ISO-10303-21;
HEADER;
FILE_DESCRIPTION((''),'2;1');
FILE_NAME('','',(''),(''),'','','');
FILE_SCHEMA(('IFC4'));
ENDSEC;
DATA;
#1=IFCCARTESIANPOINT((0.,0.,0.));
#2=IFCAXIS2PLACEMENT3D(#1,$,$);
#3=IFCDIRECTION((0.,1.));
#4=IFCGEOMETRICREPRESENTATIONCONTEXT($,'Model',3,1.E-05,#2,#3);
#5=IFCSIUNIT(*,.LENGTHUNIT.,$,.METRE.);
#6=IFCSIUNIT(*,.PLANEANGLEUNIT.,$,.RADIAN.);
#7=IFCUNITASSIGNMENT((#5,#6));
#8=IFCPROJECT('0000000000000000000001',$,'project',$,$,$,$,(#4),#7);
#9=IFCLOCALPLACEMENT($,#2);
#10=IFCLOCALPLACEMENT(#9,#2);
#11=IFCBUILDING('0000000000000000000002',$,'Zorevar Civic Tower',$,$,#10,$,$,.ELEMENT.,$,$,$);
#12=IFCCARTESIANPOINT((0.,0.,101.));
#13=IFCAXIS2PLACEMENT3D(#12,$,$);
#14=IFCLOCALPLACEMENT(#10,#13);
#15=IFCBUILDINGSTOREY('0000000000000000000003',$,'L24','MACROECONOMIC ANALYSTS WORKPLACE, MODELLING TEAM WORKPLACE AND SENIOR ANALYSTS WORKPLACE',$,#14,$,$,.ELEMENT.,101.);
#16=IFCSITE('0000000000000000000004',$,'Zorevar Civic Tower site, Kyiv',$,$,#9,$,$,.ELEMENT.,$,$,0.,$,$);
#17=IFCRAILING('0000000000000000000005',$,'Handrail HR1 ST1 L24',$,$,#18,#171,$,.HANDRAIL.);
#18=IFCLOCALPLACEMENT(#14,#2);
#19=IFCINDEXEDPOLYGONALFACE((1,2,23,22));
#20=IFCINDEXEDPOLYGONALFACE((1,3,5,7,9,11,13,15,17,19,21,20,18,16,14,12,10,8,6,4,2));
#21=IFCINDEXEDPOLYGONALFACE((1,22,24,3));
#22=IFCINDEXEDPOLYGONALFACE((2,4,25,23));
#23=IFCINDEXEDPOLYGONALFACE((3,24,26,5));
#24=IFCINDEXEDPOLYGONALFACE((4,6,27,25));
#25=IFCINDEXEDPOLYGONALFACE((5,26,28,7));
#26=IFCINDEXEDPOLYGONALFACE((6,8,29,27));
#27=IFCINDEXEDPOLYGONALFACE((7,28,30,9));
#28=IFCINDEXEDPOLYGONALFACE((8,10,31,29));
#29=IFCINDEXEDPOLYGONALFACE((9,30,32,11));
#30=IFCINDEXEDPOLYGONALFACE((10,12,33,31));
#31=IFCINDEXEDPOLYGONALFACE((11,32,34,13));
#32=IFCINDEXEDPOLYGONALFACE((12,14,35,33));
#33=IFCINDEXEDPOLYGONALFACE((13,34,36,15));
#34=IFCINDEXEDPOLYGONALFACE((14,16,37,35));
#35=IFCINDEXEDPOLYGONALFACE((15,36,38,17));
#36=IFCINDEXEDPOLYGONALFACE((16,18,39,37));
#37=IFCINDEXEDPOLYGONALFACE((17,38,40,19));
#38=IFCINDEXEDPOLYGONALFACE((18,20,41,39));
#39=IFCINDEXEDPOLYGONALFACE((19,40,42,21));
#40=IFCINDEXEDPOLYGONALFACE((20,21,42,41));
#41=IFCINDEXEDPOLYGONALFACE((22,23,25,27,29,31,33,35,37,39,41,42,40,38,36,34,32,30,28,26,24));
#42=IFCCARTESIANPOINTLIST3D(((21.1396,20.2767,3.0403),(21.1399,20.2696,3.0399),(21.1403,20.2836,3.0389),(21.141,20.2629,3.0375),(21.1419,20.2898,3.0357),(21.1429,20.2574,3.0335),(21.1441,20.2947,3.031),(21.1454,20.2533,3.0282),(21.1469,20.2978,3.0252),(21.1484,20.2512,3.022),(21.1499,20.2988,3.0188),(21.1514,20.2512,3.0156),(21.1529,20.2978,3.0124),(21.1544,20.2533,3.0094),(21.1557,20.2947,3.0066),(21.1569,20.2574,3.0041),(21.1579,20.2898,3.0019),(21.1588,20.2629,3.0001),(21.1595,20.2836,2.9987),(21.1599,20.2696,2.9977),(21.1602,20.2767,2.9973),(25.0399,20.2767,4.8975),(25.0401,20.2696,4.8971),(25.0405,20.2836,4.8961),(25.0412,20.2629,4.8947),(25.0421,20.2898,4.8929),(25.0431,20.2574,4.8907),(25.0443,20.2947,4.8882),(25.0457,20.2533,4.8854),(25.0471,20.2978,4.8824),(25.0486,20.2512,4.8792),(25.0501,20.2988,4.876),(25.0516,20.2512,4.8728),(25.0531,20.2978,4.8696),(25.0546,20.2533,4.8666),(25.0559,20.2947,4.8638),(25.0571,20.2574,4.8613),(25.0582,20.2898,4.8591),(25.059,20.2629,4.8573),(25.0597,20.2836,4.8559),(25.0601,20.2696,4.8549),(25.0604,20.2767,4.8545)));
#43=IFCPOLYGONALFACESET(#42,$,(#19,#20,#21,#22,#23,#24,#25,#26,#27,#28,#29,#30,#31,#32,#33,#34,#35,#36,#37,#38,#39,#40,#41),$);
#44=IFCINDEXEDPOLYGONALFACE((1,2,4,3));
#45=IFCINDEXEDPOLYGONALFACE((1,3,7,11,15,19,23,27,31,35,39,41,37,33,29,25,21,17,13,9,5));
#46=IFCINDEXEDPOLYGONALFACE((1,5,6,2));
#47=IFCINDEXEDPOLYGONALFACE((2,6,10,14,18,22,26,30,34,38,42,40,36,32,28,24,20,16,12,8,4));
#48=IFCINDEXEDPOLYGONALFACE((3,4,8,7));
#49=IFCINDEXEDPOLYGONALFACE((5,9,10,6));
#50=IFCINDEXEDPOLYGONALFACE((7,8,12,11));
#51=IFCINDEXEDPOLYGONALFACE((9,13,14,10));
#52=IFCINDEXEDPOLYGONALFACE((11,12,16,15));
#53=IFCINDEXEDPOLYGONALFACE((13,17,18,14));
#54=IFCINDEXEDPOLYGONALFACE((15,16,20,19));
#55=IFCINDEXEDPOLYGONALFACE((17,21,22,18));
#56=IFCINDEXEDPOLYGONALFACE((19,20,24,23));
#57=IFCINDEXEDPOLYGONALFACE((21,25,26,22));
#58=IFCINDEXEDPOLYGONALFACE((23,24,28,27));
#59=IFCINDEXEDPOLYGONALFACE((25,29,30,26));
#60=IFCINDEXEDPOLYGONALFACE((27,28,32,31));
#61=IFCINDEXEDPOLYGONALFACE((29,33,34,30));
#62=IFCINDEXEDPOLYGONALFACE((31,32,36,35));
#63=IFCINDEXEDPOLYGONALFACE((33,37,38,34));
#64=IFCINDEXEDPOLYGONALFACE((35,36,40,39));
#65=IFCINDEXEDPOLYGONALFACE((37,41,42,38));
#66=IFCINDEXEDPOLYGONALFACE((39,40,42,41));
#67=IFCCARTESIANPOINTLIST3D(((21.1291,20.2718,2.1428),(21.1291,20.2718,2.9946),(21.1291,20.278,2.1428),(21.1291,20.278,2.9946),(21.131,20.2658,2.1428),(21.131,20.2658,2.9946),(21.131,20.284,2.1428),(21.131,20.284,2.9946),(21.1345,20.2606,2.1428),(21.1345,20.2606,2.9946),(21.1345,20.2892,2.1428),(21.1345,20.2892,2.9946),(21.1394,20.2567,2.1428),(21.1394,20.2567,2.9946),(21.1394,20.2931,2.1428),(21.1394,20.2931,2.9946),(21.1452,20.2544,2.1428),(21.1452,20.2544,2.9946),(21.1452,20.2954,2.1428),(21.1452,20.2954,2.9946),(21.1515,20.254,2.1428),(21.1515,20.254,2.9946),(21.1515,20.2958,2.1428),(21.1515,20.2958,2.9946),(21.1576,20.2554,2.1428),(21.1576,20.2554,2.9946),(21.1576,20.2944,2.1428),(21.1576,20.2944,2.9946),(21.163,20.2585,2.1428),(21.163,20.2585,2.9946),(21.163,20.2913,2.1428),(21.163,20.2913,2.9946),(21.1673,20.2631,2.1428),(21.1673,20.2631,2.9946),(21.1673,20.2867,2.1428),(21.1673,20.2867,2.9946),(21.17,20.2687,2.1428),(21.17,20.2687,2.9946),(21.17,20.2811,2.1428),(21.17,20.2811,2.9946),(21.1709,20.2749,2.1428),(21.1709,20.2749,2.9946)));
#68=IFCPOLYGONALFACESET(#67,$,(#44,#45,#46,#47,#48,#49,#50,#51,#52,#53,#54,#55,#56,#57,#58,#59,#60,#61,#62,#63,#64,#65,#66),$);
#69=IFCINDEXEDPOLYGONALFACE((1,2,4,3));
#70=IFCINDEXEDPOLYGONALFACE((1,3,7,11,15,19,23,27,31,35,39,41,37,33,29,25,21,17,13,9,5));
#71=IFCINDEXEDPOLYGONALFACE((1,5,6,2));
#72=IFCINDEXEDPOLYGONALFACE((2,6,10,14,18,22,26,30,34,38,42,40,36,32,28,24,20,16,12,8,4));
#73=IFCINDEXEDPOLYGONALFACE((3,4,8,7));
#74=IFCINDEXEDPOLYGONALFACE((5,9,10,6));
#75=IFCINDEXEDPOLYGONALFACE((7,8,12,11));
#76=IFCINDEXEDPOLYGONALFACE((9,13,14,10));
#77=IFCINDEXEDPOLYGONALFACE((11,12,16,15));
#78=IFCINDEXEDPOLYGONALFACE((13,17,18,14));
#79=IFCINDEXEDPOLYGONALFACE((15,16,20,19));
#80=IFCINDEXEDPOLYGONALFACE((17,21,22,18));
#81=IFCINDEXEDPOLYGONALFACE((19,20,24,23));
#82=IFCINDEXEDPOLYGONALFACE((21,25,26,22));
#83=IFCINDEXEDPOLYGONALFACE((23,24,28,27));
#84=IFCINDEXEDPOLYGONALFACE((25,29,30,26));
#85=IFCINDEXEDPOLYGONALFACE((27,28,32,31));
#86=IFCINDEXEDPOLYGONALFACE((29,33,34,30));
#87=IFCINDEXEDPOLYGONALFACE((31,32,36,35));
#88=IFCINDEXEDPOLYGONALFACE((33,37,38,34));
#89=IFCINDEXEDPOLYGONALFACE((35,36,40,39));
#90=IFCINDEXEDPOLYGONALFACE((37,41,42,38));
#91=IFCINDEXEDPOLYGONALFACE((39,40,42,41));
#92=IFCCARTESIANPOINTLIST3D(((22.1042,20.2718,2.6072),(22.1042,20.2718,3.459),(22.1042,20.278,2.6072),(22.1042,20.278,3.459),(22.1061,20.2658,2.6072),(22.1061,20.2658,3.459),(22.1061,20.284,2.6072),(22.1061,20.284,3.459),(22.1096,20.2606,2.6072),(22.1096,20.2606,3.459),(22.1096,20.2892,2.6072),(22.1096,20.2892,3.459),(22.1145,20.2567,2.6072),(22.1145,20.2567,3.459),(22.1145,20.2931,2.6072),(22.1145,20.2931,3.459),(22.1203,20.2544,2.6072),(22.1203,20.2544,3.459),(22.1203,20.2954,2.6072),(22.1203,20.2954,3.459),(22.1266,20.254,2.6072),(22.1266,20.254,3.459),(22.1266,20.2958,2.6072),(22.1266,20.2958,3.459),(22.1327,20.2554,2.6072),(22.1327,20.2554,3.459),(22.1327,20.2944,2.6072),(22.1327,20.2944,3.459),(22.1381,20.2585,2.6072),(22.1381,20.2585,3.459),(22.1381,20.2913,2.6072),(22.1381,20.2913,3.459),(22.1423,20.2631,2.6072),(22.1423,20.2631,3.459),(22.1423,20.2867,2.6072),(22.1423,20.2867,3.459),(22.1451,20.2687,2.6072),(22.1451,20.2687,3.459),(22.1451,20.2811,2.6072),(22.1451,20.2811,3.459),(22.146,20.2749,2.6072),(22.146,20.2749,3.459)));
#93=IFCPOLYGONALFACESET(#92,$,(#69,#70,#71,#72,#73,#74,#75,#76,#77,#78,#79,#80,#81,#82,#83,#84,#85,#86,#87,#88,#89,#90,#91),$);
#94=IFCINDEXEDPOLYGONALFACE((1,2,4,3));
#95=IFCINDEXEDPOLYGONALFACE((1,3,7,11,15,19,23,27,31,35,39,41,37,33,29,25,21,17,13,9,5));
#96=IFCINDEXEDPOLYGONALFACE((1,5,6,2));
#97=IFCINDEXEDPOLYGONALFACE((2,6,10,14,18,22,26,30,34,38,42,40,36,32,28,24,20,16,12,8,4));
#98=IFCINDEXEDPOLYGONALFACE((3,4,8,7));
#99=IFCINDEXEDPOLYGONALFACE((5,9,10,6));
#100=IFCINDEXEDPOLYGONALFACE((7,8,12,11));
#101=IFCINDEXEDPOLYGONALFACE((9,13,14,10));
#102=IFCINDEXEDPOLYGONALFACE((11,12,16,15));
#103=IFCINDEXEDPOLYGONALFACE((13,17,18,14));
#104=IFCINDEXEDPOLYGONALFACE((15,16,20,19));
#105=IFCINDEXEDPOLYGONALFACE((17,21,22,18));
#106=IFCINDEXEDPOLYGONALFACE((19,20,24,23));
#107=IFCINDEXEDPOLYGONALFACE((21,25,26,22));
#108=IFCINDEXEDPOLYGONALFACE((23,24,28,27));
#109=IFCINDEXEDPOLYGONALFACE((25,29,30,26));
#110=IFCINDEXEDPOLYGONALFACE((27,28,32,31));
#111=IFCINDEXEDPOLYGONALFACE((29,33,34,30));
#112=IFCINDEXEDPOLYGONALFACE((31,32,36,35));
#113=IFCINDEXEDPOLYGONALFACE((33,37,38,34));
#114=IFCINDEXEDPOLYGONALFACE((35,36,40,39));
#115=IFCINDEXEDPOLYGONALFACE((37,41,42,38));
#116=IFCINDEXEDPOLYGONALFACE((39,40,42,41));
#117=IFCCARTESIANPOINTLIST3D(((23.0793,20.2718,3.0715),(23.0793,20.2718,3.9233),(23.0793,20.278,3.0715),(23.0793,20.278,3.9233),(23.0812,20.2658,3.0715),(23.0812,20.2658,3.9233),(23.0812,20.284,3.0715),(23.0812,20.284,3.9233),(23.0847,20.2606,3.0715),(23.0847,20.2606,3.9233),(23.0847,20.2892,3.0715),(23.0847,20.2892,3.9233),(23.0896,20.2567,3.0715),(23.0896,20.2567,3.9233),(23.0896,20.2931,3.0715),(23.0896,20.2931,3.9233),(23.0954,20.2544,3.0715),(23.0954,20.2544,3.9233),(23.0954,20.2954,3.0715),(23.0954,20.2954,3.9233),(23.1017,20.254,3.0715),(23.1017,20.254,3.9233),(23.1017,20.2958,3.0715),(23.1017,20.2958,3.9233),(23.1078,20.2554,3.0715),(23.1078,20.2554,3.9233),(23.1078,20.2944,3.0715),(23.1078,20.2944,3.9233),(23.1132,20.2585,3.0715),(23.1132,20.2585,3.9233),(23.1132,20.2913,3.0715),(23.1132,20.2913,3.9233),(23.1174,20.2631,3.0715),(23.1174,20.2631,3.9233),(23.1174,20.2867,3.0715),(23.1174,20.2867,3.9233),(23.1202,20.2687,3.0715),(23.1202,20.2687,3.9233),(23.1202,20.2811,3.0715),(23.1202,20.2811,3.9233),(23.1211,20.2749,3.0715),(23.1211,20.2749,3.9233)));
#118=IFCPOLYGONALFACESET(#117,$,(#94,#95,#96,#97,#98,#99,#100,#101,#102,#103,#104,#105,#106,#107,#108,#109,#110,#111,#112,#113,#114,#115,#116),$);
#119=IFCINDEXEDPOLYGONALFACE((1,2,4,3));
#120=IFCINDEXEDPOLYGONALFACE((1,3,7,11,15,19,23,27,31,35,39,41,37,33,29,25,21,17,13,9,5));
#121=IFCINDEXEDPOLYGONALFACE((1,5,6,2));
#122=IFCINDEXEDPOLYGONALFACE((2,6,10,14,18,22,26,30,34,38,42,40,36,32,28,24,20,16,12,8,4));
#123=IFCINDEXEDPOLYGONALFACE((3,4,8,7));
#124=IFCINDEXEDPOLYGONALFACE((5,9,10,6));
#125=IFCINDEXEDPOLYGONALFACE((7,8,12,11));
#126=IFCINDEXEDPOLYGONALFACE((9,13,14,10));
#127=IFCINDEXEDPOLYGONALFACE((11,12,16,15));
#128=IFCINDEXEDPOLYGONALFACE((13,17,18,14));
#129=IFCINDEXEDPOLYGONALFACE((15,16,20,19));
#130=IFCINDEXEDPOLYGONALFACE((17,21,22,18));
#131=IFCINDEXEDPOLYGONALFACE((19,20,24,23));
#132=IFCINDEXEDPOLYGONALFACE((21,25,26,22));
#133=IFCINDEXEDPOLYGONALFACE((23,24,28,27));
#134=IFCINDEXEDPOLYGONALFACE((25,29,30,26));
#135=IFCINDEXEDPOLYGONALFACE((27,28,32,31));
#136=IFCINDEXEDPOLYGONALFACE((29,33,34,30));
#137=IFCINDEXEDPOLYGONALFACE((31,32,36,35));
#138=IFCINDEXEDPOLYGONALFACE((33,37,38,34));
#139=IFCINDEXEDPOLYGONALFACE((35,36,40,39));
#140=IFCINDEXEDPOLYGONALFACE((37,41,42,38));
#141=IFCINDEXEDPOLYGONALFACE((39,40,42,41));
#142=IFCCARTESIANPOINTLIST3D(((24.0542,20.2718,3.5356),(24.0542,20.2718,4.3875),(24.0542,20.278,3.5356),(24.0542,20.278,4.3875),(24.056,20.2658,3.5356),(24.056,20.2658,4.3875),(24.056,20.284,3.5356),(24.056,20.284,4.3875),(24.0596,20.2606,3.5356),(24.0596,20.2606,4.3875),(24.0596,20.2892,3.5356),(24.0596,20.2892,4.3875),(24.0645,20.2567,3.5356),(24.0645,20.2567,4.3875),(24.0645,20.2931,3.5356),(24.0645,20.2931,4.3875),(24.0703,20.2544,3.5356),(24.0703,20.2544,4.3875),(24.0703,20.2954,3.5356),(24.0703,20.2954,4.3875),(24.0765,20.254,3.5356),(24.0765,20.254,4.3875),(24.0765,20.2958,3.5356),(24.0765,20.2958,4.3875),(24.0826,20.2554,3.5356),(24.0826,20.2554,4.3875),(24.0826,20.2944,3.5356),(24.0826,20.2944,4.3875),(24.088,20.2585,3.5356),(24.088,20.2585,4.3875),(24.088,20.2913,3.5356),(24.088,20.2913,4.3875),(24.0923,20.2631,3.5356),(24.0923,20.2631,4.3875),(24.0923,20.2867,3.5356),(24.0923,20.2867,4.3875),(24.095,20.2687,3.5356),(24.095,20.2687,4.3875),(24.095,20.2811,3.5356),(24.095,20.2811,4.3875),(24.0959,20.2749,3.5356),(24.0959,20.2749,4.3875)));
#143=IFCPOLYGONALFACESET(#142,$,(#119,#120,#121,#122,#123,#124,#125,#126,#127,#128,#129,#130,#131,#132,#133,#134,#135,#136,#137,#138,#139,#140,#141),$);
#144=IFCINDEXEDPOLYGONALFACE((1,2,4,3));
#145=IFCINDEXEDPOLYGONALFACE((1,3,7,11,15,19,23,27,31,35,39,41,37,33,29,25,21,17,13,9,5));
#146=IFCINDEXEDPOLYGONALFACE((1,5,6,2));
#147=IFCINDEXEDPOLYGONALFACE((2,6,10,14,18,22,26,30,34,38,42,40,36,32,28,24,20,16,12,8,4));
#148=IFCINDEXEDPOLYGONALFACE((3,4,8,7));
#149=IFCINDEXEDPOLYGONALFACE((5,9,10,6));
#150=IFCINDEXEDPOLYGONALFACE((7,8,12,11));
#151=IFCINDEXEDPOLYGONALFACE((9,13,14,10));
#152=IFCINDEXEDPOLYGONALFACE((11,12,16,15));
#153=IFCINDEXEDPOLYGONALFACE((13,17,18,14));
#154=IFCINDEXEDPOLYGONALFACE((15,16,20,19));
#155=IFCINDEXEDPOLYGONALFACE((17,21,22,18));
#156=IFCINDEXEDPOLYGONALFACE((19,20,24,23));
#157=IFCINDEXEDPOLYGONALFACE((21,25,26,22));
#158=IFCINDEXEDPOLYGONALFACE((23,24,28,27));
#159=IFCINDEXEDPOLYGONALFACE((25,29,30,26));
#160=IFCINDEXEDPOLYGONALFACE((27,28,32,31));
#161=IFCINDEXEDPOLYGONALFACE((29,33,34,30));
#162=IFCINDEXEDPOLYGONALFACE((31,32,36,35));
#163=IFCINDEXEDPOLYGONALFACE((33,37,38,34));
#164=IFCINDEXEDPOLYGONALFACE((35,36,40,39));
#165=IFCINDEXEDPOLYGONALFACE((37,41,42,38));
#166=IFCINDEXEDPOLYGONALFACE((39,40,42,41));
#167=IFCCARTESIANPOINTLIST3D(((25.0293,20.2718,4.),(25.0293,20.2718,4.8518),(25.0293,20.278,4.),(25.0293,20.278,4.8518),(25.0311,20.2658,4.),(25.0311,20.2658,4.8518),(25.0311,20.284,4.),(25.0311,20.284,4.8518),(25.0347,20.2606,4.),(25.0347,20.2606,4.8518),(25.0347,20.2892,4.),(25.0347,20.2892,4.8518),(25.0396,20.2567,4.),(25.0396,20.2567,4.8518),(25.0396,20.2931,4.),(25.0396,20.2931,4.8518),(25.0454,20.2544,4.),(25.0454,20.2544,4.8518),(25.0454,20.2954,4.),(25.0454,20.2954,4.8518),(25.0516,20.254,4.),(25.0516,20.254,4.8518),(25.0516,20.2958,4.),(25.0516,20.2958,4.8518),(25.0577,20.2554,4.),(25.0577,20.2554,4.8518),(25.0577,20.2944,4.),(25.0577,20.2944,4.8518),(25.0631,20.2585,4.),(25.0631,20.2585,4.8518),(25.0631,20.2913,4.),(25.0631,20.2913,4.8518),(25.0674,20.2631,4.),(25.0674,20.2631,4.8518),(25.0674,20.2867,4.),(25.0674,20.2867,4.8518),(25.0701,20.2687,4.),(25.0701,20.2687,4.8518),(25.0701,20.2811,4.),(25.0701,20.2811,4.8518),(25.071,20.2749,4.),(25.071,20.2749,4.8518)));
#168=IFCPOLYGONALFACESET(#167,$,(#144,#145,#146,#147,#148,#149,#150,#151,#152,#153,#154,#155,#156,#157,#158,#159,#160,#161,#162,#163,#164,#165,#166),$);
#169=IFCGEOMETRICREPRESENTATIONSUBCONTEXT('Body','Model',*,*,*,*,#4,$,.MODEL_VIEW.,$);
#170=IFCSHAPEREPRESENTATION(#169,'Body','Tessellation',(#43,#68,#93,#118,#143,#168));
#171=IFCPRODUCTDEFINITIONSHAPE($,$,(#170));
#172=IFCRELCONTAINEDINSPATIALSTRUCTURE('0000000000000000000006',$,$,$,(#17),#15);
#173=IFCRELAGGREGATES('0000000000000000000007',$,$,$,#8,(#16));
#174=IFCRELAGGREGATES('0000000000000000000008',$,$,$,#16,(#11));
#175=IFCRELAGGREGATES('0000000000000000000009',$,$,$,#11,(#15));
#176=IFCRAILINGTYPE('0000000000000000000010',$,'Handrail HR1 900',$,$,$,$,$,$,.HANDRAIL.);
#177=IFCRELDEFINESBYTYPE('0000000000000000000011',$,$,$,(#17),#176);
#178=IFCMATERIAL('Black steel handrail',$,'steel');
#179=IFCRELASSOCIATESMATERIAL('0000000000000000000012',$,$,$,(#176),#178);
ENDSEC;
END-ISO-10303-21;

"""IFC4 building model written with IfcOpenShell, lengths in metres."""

from ifc_helpers import new_model, si_unit, direction, frame, origin, origin_2d, place, context, subcontext, project, spatial, circle, extrude, material, type_object, element, save


model = new_model("IFC4")

# Units and contexts
model_context = context("Model", 3, precision=1e-05, world=origin(), true_north=direction((0.0, 1.0)))
body_context = subcontext(model_context, "Body", "Model", "MODEL_VIEW")
ifc_project = project(units=[si_unit("LENGTHUNIT", "METRE"), si_unit("PLANEANGLEUNIT", "RADIAN")], contexts=[model_context])

# Site, building, storey
site_placement = place(None, origin())
site = spatial("IfcSite", under=ifc_project, at=site_placement, Name="Zorevar Civic Tower site, Kyiv", CompositionType="ELEMENT", RefElevation=0.0)
building_placement = place(site_placement, origin())
building = spatial("IfcBuilding", under=site, at=building_placement, Name="Zorevar Civic Tower", CompositionType="ELEMENT")
storey_placement = place(building_placement, frame((0.0, 0.0, 101.0)))
storey = spatial("IfcBuildingStorey", under=building, at=storey_placement, Name="L24", Description="MACROECONOMIC ANALYSTS WORKPLACE, MODELLING TEAM WORKPLACE AND SENIOR ANALYSTS WORKPLACE", CompositionType="ELEMENT", Elevation=101.0)

# Railing
ifc_material_1 = material(Name="Black steel handrail", Category="steel")
railing_type = type_object("IfcRailingType", Name="Handrail HR1 900", PredefinedType="HANDRAIL", material=ifc_material_1)
railing_1_placement = place(storey_placement, frame((21.1499, 20.2749, 2.1428)))
element("IfcRailing", 1, at=railing_1_placement, inside=storey, type_object=railing_type, Name="Handrail HR1 ST1 L24", PredefinedType="HANDRAIL", context=body_context, shape_type="SweptSolid", body=[
    extrude(circle(Radius=0.0239, at=origin_2d()), frame((0.0, 0.0, 0.876), z_axis=(0.902864, 0.0, 0.429927), x_axis=(0.0, 1.0, 0.0)), (0.0, 0.0, 1.0), 4.3198),
    extrude(circle(Radius=0.021, at=origin_2d()), origin(), (0.0, 0.0, 1.0), 0.8518),
    extrude(circle(Radius=0.021, at=origin_2d()), frame((0.9751, 0.0, 0.4644)), (0.0, 0.0, 1.0), 0.8518),
    extrude(circle(Radius=0.021, at=origin_2d()), frame((1.9502, 0.0, 0.9287)), (0.0, 0.0, 1.0), 0.8518),
    extrude(circle(Radius=0.021, at=origin_2d()), frame((2.925, 0.0, 1.3928)), (0.0, 0.0, 1.0), 0.8518),
    extrude(circle(Radius=0.021, at=origin_2d()), frame((3.9001, 0.0, 1.8572)), (0.0, 0.0, 1.0), 0.8518),
])

save(model, "model.ifc")
